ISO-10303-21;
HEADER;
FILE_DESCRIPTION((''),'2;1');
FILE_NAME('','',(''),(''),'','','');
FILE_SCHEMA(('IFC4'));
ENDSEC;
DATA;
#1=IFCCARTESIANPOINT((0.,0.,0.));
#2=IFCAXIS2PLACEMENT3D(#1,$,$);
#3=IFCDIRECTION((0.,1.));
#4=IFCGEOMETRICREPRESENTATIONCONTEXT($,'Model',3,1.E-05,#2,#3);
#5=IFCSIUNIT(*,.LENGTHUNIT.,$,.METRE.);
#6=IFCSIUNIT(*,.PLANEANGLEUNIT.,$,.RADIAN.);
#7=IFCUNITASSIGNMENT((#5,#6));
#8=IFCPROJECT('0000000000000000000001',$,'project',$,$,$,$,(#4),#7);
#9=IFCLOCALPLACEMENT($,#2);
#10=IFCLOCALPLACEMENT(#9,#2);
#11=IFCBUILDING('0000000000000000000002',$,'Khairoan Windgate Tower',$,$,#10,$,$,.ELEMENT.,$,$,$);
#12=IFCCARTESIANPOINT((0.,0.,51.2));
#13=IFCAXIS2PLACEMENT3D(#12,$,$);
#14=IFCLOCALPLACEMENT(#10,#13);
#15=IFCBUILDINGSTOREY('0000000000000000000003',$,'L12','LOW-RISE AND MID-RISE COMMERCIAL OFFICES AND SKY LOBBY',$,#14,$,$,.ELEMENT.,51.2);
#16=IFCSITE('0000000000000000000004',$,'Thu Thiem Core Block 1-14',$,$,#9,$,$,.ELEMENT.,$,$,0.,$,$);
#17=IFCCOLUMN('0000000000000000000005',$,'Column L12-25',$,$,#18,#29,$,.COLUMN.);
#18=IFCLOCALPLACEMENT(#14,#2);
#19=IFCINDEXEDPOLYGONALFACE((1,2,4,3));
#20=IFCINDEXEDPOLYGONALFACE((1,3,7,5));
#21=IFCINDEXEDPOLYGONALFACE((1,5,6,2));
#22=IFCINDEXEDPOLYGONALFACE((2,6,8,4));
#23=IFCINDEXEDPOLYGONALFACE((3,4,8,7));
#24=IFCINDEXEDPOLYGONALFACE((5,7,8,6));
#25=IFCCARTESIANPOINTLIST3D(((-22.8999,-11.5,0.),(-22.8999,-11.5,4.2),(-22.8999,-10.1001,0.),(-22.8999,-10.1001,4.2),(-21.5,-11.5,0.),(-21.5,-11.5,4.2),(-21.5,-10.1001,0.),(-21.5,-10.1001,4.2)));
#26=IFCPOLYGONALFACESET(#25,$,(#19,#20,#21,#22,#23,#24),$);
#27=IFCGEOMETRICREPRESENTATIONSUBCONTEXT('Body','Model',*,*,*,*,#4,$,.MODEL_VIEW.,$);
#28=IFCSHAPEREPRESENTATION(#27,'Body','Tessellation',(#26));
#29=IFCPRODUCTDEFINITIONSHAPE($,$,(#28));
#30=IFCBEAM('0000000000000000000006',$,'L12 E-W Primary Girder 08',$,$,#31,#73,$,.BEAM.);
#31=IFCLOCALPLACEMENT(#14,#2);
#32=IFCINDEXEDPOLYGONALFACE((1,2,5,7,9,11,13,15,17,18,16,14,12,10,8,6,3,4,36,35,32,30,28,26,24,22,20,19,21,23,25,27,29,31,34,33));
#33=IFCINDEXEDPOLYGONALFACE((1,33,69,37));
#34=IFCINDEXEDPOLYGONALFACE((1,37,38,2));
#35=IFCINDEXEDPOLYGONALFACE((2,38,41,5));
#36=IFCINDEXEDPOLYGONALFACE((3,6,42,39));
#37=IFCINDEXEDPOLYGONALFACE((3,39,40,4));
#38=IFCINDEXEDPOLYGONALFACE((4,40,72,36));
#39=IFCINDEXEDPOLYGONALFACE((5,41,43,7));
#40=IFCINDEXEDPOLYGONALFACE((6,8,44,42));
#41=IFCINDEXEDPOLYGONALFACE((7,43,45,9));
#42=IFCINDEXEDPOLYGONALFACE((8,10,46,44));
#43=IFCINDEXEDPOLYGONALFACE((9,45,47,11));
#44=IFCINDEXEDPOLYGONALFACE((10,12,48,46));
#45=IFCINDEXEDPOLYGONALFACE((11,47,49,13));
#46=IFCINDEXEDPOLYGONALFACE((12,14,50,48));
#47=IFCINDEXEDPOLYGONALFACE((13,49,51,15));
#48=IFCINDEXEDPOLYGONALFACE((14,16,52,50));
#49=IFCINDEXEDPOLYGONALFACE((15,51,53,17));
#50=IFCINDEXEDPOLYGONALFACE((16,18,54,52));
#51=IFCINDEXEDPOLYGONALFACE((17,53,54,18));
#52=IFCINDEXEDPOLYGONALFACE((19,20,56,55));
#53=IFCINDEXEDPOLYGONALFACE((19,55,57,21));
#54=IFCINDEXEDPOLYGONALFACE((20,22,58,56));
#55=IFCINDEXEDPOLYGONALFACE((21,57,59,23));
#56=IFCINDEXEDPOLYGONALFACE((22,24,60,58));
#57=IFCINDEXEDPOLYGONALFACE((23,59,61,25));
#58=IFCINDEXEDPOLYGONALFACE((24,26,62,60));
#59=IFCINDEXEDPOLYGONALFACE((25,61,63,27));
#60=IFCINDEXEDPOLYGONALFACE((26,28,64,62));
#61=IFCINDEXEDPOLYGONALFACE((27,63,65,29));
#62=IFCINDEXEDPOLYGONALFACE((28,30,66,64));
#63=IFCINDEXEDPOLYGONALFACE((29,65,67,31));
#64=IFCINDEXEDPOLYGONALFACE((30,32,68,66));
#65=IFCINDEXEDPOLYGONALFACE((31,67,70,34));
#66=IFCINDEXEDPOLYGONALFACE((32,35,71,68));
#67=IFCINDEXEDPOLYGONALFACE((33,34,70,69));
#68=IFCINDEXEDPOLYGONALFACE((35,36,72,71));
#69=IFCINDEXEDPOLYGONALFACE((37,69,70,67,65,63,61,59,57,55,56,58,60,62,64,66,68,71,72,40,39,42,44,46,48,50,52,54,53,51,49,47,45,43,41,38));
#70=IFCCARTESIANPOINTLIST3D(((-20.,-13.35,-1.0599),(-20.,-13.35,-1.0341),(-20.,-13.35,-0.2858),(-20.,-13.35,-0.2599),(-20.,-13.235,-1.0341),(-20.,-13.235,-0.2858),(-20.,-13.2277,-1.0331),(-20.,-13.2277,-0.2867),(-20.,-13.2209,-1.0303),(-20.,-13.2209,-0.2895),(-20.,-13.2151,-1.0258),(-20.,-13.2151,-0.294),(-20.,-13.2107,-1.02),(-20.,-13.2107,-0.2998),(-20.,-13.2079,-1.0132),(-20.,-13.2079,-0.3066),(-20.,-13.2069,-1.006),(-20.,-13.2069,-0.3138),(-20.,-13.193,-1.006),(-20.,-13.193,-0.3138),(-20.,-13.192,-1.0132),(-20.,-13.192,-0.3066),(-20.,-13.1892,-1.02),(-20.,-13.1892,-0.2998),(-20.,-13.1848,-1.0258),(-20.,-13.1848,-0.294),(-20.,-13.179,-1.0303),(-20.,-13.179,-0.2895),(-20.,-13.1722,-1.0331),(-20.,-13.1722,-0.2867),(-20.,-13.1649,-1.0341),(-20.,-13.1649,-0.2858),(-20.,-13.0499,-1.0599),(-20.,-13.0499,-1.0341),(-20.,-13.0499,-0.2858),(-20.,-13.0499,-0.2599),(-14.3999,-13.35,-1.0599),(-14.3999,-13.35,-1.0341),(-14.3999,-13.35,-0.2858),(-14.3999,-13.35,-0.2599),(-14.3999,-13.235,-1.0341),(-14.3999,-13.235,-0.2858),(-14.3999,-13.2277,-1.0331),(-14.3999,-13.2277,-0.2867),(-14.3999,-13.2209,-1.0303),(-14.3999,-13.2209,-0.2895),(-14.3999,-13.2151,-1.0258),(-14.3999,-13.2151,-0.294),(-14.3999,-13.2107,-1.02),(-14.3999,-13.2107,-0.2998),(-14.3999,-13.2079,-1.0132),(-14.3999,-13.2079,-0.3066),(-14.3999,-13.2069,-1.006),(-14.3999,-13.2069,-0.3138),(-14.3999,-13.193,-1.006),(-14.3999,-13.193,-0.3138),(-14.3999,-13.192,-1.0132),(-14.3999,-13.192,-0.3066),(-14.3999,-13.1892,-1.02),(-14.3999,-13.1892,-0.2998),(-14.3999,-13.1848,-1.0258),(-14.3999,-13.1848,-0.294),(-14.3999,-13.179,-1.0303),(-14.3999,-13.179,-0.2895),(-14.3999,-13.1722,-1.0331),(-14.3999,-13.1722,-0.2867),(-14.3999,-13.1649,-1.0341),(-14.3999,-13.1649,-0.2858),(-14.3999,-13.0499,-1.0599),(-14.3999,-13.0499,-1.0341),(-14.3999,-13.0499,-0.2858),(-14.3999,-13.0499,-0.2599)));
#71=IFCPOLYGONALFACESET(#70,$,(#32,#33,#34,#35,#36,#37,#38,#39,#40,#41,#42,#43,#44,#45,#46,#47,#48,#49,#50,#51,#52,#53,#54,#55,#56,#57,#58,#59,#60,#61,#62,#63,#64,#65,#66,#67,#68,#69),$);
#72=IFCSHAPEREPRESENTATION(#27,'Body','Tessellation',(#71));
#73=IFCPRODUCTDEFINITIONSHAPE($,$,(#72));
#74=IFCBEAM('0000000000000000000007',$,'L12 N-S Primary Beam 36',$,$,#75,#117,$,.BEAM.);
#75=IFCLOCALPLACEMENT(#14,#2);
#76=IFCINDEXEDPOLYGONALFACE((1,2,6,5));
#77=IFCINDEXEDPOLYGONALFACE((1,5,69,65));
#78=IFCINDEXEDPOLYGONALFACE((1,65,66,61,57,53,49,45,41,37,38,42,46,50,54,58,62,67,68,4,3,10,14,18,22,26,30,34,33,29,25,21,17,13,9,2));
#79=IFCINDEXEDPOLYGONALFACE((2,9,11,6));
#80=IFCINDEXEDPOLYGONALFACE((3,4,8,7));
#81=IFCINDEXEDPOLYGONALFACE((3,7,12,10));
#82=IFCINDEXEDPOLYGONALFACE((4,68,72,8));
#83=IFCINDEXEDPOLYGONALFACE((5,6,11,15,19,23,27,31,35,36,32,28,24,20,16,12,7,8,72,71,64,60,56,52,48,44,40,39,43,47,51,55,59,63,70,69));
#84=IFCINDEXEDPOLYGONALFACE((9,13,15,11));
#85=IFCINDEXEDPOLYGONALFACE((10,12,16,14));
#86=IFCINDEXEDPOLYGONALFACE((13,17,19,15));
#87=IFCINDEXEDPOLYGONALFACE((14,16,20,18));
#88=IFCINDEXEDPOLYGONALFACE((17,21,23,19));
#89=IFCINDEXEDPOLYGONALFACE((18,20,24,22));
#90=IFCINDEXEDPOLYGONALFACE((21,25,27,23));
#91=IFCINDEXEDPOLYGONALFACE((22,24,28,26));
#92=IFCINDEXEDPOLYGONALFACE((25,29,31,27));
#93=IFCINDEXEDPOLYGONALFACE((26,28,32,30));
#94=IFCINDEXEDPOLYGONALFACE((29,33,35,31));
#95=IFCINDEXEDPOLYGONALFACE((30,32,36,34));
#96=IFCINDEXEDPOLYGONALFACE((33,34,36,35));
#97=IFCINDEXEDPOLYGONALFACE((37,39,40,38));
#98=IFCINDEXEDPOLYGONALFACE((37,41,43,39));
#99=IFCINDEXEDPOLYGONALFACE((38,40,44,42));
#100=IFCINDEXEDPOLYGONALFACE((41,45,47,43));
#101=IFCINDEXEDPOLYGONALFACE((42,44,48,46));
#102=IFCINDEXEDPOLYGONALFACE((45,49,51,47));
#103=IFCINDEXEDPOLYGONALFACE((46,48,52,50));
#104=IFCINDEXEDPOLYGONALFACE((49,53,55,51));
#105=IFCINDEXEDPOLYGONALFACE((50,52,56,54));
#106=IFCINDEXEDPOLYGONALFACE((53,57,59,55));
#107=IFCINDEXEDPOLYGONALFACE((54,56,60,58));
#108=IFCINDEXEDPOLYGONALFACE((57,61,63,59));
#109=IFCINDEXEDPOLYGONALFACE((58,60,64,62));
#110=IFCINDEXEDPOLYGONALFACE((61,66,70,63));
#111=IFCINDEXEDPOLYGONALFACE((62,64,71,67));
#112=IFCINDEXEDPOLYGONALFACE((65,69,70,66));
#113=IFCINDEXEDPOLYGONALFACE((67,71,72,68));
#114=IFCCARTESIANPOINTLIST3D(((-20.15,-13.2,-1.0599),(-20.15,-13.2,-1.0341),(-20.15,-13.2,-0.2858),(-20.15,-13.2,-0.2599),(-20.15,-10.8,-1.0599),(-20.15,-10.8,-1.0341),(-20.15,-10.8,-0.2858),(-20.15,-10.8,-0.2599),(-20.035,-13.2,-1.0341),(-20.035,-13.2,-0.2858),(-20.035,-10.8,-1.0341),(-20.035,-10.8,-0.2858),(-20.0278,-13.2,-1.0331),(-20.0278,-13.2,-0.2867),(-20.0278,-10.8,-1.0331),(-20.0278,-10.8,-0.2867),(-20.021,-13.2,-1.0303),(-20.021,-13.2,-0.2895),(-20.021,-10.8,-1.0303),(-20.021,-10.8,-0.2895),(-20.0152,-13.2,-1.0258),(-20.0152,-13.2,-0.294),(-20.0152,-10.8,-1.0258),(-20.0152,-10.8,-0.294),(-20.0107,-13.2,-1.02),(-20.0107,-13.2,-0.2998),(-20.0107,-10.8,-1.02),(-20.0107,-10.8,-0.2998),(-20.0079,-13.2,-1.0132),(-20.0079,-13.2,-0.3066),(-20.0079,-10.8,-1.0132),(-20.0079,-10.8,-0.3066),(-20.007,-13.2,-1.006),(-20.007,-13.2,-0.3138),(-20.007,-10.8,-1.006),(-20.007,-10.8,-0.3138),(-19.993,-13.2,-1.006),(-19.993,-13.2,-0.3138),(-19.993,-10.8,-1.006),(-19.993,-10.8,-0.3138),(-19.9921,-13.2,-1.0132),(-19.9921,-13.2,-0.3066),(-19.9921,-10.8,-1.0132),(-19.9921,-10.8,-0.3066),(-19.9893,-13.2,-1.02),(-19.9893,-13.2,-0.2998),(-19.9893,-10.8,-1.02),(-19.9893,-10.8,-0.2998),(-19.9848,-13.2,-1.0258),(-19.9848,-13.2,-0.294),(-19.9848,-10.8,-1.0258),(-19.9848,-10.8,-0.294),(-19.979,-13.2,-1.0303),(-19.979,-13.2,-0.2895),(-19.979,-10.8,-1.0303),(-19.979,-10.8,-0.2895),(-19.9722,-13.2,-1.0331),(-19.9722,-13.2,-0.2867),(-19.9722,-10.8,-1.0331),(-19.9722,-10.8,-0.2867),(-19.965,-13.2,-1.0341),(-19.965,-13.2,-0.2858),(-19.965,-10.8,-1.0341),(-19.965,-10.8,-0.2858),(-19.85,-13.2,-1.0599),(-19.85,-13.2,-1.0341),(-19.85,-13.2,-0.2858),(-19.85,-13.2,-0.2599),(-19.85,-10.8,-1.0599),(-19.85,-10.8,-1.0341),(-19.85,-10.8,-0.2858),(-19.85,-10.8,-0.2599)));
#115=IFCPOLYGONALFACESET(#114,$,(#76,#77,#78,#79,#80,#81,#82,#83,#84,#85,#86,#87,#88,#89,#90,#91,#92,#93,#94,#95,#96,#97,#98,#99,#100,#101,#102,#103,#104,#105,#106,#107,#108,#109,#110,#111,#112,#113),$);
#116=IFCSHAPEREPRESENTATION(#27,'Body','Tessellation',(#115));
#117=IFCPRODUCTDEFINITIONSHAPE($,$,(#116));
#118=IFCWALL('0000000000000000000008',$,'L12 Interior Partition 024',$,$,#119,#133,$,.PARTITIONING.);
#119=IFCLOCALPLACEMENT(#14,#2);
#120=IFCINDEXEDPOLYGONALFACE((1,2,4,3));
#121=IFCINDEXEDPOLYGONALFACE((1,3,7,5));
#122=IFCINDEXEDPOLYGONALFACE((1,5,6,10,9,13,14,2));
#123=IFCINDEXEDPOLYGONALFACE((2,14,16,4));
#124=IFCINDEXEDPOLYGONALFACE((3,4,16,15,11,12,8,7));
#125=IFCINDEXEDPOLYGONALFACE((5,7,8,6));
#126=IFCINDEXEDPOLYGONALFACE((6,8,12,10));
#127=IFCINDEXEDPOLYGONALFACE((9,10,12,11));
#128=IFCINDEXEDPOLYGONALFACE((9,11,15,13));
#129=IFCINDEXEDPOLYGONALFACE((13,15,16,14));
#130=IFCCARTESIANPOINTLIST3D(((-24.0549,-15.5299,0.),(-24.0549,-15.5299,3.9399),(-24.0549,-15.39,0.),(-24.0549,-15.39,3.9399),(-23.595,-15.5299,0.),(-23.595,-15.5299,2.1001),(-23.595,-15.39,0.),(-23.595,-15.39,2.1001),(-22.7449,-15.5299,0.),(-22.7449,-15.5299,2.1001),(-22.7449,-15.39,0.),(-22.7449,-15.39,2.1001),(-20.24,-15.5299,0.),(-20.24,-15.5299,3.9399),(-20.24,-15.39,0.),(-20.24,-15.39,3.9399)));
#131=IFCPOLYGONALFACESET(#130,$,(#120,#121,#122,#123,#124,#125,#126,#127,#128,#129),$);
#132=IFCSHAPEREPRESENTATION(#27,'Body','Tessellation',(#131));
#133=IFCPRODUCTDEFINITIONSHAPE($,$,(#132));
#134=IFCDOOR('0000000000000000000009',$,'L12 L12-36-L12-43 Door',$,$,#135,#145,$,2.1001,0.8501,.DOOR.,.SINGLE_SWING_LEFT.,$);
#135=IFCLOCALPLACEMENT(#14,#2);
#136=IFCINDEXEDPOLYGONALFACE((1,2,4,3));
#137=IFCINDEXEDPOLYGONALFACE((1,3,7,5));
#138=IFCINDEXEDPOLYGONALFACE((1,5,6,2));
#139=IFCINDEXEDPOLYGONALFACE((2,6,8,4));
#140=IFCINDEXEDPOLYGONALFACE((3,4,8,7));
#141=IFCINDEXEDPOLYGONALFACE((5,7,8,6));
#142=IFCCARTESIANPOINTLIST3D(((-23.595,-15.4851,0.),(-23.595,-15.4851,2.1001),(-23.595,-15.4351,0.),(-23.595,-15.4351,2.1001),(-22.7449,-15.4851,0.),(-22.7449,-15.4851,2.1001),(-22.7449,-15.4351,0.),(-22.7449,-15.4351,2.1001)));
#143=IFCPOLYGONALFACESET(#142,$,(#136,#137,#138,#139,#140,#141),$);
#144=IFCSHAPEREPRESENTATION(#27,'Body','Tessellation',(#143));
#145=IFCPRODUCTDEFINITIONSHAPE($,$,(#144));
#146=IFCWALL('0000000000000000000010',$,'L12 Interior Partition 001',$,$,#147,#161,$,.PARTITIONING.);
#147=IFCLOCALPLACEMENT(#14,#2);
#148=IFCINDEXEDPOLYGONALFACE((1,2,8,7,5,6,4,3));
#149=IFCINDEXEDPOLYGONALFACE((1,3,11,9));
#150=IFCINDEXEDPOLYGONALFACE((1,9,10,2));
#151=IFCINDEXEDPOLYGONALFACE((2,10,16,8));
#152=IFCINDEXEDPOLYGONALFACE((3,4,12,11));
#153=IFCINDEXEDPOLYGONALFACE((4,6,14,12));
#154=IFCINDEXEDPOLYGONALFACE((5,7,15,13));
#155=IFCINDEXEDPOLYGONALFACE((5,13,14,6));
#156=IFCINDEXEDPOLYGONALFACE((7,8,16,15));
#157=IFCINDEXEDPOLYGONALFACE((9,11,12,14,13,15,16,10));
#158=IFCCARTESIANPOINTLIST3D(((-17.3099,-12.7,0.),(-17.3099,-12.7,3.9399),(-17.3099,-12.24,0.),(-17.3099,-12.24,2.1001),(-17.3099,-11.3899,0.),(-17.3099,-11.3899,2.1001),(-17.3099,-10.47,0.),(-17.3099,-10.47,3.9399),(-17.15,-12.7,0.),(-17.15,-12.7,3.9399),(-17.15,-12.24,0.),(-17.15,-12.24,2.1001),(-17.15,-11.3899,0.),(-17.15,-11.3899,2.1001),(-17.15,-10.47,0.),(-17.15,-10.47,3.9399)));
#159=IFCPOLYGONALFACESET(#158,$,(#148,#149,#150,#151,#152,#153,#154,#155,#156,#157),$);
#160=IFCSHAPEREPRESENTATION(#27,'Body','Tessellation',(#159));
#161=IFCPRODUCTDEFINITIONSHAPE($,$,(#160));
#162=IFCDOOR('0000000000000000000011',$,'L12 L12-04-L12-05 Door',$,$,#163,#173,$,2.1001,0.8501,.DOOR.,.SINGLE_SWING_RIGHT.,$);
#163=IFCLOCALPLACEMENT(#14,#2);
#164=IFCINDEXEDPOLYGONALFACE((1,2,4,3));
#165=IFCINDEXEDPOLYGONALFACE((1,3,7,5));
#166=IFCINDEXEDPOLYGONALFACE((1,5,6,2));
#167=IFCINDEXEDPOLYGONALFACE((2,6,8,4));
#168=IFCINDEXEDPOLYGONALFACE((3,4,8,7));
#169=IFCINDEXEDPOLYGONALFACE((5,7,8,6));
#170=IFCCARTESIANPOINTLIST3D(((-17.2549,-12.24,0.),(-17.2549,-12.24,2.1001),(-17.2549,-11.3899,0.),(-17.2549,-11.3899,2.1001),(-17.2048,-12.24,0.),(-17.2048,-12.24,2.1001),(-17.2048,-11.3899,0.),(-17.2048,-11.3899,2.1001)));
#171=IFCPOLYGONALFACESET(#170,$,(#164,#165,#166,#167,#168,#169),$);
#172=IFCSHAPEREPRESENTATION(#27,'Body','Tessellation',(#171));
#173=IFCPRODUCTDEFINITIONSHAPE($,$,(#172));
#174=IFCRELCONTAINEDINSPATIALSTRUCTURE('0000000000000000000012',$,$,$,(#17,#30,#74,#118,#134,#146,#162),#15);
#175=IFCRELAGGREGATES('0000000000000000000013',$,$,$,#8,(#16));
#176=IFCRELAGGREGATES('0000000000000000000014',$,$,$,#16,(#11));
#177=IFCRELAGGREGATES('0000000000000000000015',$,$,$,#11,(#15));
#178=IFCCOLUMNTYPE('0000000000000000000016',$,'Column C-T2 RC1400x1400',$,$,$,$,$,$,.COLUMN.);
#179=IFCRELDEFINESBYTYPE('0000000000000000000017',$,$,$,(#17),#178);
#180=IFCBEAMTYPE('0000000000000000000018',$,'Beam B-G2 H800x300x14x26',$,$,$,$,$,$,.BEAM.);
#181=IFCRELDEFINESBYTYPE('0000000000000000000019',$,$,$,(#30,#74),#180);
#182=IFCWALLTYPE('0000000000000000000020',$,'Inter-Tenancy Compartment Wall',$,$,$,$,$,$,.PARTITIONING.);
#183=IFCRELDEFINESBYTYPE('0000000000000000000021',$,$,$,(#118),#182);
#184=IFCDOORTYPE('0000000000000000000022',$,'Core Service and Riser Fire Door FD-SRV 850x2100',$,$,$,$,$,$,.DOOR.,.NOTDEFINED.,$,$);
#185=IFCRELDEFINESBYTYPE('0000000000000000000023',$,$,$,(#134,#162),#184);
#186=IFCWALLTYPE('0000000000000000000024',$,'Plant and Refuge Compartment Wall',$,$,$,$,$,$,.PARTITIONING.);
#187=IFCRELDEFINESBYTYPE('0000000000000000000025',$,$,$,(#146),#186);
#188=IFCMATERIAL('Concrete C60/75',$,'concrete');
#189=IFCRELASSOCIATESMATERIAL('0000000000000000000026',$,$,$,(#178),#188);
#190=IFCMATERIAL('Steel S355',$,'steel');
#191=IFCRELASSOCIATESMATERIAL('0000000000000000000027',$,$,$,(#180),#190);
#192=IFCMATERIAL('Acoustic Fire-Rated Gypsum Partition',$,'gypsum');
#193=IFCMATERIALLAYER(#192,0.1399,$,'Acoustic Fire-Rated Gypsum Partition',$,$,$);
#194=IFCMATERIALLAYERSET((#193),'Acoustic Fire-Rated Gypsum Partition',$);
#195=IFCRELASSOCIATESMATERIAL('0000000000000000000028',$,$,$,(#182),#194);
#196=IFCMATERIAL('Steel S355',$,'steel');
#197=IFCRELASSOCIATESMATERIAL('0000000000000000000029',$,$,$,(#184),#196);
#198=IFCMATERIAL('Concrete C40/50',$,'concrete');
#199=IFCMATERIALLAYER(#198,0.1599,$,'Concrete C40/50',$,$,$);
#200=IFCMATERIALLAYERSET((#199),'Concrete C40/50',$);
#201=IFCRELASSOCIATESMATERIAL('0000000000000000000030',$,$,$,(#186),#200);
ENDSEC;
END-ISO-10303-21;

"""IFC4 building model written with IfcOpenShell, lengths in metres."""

from ifc_helpers import new_model, si_unit, direction, frame, frame_2d, origin, origin_2d, place, context, subcontext, project, spatial, rectangle, i_section, extrude, material, layer, layer_set, material_profile, profile_set, type_object, element, fill, save


model = new_model("IFC4")

# Units and contexts
model_context = context("Model", 3, precision=1e-05, world=origin(), true_north=direction((0.0, 1.0)))
body_context = subcontext(model_context, "Body", "Model", "MODEL_VIEW")
ifc_project = project(units=[si_unit("LENGTHUNIT", "METRE"), si_unit("PLANEANGLEUNIT", "RADIAN")], contexts=[model_context])

# Site, building, storey
site_placement = place(None, origin())
site = spatial("IfcSite", under=ifc_project, at=site_placement, Name="Thu Thiem Core Block 1-14", CompositionType="ELEMENT", RefElevation=0.0)
building_placement = place(site_placement, origin())
building = spatial("IfcBuilding", under=site, at=building_placement, Name="Khairoan Windgate Tower", CompositionType="ELEMENT")
storey_placement = place(building_placement, frame((0.0, 0.0, 51.2)))
storey = spatial("IfcBuildingStorey", under=building, at=storey_placement, Name="L12", Description="LOW-RISE AND MID-RISE COMMERCIAL OFFICES AND SKY LOBBY", CompositionType="ELEMENT", Elevation=51.2)

# Column
ifc_material_1 = material(Name="Concrete C60/75", Category="concrete")
ifc_material_profile_1 = material_profile(ifc_material_1, rectangle(XDim=1.3999, YDim=1.3999, at=origin_2d()))
ifc_profile_set_1 = profile_set([ifc_material_profile_1], Name="Concrete C60/75")
column_type = type_object("IfcColumnType", Name="Column C-T2 RC1400x1400", PredefinedType="COLUMN", material=ifc_profile_set_1)
column_placement = place(storey_placement, frame((-22.2, -10.8, 0.0), z_axis=(0.0, 0.0, 1.0), x_axis=(1.0, 0.0, 0.0)))
element("IfcColumn", 1, at=column_placement, inside=storey, type_object=column_type, Name="Column L12-25", PredefinedType="COLUMN", context=body_context, shape_type="SweptSolid", body=[
    extrude(rectangle(XDim=1.3999, YDim=1.3999, at=origin_2d()), origin(), (0.0, 0.0, 1.0), 4.2),
])

# Beams
ifc_material_2 = material(Name="Steel S355", Category="steel")
ifc_material_profile_2 = material_profile(ifc_material_2, i_section(OverallWidth=0.3, OverallDepth=0.8, WebThickness=0.0139, FlangeThickness=0.0259, FilletRadius=0.0281, at=origin_2d()))
ifc_profile_set_2 = profile_set([ifc_material_profile_2], Name="Steel S355")
beam_type = type_object("IfcBeamType", Name="Beam B-G2 H800x300x14x26", PredefinedType="BEAM", material=ifc_profile_set_2)
beam_1_placement = place(storey_placement, frame((-20.0, -13.2, -0.6599), z_axis=(1.0, 0.0, 0.0), x_axis=(0.0, 1.0, 0.0)))
element("IfcBeam", 2, at=beam_1_placement, inside=storey, type_object=beam_type, Name="L12 E-W Primary Girder 08", PredefinedType="BEAM", context=body_context, shape_type="SweptSolid", body=[
    extrude(i_section(OverallWidth=0.3, OverallDepth=0.8, WebThickness=0.0139, FlangeThickness=0.0259, FilletRadius=0.0281, at=origin_2d()), origin(), (0.0, 0.0, 1.0), 5.6001),
])
beam_2_placement = place(storey_placement, frame((-20.0, -13.2, -0.6599), z_axis=(0.0, 1.0, 0.0), x_axis=(-1.0, 0.0, 0.0)))
element("IfcBeam", 3, at=beam_2_placement, inside=storey, type_object=beam_type, Name="L12 N-S Primary Beam 36", PredefinedType="BEAM", context=body_context, shape_type="SweptSolid", body=[
    extrude(i_section(OverallWidth=0.3, OverallDepth=0.8, WebThickness=0.0139, FlangeThickness=0.0259, FilletRadius=0.0281, at=origin_2d()), origin(), (0.0, 0.0, 1.0), 2.3999),
])

# Walls, openings, doors
ifc_material_3 = material(Name="Acoustic Fire-Rated Gypsum Partition", Category="gypsum")
ifc_layer_1 = layer(ifc_material_3, 0.1399, Name="Acoustic Fire-Rated Gypsum Partition")
ifc_layer_set_1 = layer_set([ifc_layer_1], Name="Acoustic Fire-Rated Gypsum Partition")
wall_type_1 = type_object("IfcWallType", Name="Inter-Tenancy Compartment Wall", PredefinedType="PARTITIONING", material=ifc_layer_set_1)
wall_1_placement = place(storey_placement, frame((-24.0549, -15.46, 0.0), z_axis=(0.0, 0.0, 1.0), x_axis=(1.0, 0.0, 0.0)))
wall_1 = element("IfcWall", 4, at=wall_1_placement, inside=storey, type_object=wall_type_1, Name="L12 Interior Partition 024", PredefinedType="PARTITIONING", context=body_context, shape_type="SweptSolid", body=[
    extrude(rectangle(XDim=3.8149, YDim=0.1399, at=frame_2d((1.9075, 0.0))), origin(), (0.0, 0.0, 1.0), 3.9399),
])
opening_1_placement = place(wall_1_placement, frame((0.46, 0.0, 0.0)))
opening_1 = element("IfcOpeningElement", 5, at=opening_1_placement, cuts=wall_1, PredefinedType="OPENING", context=body_context, shape_type="SweptSolid", body=[
    extrude(rectangle(XDim=0.8501, YDim=2.1001, at=frame_2d((0.425, 1.05))), frame((0.0, 0.0798, 0.0), z_axis=(0.0, -1.0, 0.0), x_axis=(1.0, 0.0, 0.0)), (0.0, 0.0, 1.0), 0.1599),
])
ifc_material_4 = material(Name="Steel S355", Category="steel")
door_type_1 = type_object("IfcDoorType", Name="Core Service and Riser Fire Door FD-SRV 850x2100", OperationType="NOTDEFINED", PredefinedType="DOOR", material=ifc_material_4)
door_1_placement = place(opening_1_placement, origin())
door_1 = element("IfcDoor", 6, at=door_1_placement, inside=storey, type_object=door_type_1, Name="L12 L12-36-L12-43 Door", OperationType="SINGLE_SWING_LEFT", OverallHeight=2.1001, OverallWidth=0.8501, PredefinedType="DOOR", context=body_context, shape_type="SweptSolid", body=[
    extrude(rectangle(XDim=0.8501, YDim=2.1001, at=frame_2d((0.425, 1.05))), frame((0.0, 0.0249, 0.0), z_axis=(0.0, -1.0, 0.0), x_axis=(1.0, 0.0, 0.0)), (0.0, 0.0, 1.0), 0.05),
])
fill(opening_1, door_1)
ifc_material_5 = material(Name="Concrete C40/50", Category="concrete")
ifc_layer_2 = layer(ifc_material_5, 0.1599, Name="Concrete C40/50")
ifc_layer_set_2 = layer_set([ifc_layer_2], Name="Concrete C40/50")
wall_type_2 = type_object("IfcWallType", Name="Plant and Refuge Compartment Wall", PredefinedType="PARTITIONING", material=ifc_layer_set_2)
wall_2_placement = place(storey_placement, frame((-17.23, -12.7, 0.0), z_axis=(0.0, 0.0, 1.0), x_axis=(0.0, 1.0, 0.0)))
wall_2 = element("IfcWall", 7, at=wall_2_placement, inside=storey, type_object=wall_type_2, Name="L12 Interior Partition 001", PredefinedType="PARTITIONING", context=body_context, shape_type="SweptSolid", body=[
    extrude(rectangle(XDim=2.23, YDim=0.1599, at=frame_2d((1.115, 0.0))), origin(), (0.0, 0.0, 1.0), 3.9399),
])
opening_2_placement = place(wall_2_placement, frame((0.46, 0.0, 0.0)))
opening_2 = element("IfcOpeningElement", 8, at=opening_2_placement, cuts=wall_2, PredefinedType="OPENING", context=body_context, shape_type="SweptSolid", body=[
    extrude(rectangle(XDim=0.8501, YDim=2.1001, at=frame_2d((0.425, 1.05))), frame((0.0, 0.0898, 0.0), z_axis=(0.0, -1.0, 0.0), x_axis=(1.0, 0.0, 0.0)), (0.0, 0.0, 1.0), 0.1799),
])
door_2_placement = place(opening_2_placement, origin())
door_2 = element("IfcDoor", 9, at=door_2_placement, inside=storey, type_object=door_type_1, Name="L12 L12-04-L12-05 Door", OperationType="SINGLE_SWING_RIGHT", OverallHeight=2.1001, OverallWidth=0.8501, PredefinedType="DOOR", context=body_context, shape_type="SweptSolid", body=[
    extrude(rectangle(XDim=0.8501, YDim=2.1001, at=frame_2d((0.425, 1.05))), frame((0.0, 0.0249, 0.0), z_axis=(0.0, -1.0, 0.0), x_axis=(1.0, 0.0, 0.0)), (0.0, 0.0, 1.0), 0.05),
])
fill(opening_2, door_2)

save(model, "model.ifc")
